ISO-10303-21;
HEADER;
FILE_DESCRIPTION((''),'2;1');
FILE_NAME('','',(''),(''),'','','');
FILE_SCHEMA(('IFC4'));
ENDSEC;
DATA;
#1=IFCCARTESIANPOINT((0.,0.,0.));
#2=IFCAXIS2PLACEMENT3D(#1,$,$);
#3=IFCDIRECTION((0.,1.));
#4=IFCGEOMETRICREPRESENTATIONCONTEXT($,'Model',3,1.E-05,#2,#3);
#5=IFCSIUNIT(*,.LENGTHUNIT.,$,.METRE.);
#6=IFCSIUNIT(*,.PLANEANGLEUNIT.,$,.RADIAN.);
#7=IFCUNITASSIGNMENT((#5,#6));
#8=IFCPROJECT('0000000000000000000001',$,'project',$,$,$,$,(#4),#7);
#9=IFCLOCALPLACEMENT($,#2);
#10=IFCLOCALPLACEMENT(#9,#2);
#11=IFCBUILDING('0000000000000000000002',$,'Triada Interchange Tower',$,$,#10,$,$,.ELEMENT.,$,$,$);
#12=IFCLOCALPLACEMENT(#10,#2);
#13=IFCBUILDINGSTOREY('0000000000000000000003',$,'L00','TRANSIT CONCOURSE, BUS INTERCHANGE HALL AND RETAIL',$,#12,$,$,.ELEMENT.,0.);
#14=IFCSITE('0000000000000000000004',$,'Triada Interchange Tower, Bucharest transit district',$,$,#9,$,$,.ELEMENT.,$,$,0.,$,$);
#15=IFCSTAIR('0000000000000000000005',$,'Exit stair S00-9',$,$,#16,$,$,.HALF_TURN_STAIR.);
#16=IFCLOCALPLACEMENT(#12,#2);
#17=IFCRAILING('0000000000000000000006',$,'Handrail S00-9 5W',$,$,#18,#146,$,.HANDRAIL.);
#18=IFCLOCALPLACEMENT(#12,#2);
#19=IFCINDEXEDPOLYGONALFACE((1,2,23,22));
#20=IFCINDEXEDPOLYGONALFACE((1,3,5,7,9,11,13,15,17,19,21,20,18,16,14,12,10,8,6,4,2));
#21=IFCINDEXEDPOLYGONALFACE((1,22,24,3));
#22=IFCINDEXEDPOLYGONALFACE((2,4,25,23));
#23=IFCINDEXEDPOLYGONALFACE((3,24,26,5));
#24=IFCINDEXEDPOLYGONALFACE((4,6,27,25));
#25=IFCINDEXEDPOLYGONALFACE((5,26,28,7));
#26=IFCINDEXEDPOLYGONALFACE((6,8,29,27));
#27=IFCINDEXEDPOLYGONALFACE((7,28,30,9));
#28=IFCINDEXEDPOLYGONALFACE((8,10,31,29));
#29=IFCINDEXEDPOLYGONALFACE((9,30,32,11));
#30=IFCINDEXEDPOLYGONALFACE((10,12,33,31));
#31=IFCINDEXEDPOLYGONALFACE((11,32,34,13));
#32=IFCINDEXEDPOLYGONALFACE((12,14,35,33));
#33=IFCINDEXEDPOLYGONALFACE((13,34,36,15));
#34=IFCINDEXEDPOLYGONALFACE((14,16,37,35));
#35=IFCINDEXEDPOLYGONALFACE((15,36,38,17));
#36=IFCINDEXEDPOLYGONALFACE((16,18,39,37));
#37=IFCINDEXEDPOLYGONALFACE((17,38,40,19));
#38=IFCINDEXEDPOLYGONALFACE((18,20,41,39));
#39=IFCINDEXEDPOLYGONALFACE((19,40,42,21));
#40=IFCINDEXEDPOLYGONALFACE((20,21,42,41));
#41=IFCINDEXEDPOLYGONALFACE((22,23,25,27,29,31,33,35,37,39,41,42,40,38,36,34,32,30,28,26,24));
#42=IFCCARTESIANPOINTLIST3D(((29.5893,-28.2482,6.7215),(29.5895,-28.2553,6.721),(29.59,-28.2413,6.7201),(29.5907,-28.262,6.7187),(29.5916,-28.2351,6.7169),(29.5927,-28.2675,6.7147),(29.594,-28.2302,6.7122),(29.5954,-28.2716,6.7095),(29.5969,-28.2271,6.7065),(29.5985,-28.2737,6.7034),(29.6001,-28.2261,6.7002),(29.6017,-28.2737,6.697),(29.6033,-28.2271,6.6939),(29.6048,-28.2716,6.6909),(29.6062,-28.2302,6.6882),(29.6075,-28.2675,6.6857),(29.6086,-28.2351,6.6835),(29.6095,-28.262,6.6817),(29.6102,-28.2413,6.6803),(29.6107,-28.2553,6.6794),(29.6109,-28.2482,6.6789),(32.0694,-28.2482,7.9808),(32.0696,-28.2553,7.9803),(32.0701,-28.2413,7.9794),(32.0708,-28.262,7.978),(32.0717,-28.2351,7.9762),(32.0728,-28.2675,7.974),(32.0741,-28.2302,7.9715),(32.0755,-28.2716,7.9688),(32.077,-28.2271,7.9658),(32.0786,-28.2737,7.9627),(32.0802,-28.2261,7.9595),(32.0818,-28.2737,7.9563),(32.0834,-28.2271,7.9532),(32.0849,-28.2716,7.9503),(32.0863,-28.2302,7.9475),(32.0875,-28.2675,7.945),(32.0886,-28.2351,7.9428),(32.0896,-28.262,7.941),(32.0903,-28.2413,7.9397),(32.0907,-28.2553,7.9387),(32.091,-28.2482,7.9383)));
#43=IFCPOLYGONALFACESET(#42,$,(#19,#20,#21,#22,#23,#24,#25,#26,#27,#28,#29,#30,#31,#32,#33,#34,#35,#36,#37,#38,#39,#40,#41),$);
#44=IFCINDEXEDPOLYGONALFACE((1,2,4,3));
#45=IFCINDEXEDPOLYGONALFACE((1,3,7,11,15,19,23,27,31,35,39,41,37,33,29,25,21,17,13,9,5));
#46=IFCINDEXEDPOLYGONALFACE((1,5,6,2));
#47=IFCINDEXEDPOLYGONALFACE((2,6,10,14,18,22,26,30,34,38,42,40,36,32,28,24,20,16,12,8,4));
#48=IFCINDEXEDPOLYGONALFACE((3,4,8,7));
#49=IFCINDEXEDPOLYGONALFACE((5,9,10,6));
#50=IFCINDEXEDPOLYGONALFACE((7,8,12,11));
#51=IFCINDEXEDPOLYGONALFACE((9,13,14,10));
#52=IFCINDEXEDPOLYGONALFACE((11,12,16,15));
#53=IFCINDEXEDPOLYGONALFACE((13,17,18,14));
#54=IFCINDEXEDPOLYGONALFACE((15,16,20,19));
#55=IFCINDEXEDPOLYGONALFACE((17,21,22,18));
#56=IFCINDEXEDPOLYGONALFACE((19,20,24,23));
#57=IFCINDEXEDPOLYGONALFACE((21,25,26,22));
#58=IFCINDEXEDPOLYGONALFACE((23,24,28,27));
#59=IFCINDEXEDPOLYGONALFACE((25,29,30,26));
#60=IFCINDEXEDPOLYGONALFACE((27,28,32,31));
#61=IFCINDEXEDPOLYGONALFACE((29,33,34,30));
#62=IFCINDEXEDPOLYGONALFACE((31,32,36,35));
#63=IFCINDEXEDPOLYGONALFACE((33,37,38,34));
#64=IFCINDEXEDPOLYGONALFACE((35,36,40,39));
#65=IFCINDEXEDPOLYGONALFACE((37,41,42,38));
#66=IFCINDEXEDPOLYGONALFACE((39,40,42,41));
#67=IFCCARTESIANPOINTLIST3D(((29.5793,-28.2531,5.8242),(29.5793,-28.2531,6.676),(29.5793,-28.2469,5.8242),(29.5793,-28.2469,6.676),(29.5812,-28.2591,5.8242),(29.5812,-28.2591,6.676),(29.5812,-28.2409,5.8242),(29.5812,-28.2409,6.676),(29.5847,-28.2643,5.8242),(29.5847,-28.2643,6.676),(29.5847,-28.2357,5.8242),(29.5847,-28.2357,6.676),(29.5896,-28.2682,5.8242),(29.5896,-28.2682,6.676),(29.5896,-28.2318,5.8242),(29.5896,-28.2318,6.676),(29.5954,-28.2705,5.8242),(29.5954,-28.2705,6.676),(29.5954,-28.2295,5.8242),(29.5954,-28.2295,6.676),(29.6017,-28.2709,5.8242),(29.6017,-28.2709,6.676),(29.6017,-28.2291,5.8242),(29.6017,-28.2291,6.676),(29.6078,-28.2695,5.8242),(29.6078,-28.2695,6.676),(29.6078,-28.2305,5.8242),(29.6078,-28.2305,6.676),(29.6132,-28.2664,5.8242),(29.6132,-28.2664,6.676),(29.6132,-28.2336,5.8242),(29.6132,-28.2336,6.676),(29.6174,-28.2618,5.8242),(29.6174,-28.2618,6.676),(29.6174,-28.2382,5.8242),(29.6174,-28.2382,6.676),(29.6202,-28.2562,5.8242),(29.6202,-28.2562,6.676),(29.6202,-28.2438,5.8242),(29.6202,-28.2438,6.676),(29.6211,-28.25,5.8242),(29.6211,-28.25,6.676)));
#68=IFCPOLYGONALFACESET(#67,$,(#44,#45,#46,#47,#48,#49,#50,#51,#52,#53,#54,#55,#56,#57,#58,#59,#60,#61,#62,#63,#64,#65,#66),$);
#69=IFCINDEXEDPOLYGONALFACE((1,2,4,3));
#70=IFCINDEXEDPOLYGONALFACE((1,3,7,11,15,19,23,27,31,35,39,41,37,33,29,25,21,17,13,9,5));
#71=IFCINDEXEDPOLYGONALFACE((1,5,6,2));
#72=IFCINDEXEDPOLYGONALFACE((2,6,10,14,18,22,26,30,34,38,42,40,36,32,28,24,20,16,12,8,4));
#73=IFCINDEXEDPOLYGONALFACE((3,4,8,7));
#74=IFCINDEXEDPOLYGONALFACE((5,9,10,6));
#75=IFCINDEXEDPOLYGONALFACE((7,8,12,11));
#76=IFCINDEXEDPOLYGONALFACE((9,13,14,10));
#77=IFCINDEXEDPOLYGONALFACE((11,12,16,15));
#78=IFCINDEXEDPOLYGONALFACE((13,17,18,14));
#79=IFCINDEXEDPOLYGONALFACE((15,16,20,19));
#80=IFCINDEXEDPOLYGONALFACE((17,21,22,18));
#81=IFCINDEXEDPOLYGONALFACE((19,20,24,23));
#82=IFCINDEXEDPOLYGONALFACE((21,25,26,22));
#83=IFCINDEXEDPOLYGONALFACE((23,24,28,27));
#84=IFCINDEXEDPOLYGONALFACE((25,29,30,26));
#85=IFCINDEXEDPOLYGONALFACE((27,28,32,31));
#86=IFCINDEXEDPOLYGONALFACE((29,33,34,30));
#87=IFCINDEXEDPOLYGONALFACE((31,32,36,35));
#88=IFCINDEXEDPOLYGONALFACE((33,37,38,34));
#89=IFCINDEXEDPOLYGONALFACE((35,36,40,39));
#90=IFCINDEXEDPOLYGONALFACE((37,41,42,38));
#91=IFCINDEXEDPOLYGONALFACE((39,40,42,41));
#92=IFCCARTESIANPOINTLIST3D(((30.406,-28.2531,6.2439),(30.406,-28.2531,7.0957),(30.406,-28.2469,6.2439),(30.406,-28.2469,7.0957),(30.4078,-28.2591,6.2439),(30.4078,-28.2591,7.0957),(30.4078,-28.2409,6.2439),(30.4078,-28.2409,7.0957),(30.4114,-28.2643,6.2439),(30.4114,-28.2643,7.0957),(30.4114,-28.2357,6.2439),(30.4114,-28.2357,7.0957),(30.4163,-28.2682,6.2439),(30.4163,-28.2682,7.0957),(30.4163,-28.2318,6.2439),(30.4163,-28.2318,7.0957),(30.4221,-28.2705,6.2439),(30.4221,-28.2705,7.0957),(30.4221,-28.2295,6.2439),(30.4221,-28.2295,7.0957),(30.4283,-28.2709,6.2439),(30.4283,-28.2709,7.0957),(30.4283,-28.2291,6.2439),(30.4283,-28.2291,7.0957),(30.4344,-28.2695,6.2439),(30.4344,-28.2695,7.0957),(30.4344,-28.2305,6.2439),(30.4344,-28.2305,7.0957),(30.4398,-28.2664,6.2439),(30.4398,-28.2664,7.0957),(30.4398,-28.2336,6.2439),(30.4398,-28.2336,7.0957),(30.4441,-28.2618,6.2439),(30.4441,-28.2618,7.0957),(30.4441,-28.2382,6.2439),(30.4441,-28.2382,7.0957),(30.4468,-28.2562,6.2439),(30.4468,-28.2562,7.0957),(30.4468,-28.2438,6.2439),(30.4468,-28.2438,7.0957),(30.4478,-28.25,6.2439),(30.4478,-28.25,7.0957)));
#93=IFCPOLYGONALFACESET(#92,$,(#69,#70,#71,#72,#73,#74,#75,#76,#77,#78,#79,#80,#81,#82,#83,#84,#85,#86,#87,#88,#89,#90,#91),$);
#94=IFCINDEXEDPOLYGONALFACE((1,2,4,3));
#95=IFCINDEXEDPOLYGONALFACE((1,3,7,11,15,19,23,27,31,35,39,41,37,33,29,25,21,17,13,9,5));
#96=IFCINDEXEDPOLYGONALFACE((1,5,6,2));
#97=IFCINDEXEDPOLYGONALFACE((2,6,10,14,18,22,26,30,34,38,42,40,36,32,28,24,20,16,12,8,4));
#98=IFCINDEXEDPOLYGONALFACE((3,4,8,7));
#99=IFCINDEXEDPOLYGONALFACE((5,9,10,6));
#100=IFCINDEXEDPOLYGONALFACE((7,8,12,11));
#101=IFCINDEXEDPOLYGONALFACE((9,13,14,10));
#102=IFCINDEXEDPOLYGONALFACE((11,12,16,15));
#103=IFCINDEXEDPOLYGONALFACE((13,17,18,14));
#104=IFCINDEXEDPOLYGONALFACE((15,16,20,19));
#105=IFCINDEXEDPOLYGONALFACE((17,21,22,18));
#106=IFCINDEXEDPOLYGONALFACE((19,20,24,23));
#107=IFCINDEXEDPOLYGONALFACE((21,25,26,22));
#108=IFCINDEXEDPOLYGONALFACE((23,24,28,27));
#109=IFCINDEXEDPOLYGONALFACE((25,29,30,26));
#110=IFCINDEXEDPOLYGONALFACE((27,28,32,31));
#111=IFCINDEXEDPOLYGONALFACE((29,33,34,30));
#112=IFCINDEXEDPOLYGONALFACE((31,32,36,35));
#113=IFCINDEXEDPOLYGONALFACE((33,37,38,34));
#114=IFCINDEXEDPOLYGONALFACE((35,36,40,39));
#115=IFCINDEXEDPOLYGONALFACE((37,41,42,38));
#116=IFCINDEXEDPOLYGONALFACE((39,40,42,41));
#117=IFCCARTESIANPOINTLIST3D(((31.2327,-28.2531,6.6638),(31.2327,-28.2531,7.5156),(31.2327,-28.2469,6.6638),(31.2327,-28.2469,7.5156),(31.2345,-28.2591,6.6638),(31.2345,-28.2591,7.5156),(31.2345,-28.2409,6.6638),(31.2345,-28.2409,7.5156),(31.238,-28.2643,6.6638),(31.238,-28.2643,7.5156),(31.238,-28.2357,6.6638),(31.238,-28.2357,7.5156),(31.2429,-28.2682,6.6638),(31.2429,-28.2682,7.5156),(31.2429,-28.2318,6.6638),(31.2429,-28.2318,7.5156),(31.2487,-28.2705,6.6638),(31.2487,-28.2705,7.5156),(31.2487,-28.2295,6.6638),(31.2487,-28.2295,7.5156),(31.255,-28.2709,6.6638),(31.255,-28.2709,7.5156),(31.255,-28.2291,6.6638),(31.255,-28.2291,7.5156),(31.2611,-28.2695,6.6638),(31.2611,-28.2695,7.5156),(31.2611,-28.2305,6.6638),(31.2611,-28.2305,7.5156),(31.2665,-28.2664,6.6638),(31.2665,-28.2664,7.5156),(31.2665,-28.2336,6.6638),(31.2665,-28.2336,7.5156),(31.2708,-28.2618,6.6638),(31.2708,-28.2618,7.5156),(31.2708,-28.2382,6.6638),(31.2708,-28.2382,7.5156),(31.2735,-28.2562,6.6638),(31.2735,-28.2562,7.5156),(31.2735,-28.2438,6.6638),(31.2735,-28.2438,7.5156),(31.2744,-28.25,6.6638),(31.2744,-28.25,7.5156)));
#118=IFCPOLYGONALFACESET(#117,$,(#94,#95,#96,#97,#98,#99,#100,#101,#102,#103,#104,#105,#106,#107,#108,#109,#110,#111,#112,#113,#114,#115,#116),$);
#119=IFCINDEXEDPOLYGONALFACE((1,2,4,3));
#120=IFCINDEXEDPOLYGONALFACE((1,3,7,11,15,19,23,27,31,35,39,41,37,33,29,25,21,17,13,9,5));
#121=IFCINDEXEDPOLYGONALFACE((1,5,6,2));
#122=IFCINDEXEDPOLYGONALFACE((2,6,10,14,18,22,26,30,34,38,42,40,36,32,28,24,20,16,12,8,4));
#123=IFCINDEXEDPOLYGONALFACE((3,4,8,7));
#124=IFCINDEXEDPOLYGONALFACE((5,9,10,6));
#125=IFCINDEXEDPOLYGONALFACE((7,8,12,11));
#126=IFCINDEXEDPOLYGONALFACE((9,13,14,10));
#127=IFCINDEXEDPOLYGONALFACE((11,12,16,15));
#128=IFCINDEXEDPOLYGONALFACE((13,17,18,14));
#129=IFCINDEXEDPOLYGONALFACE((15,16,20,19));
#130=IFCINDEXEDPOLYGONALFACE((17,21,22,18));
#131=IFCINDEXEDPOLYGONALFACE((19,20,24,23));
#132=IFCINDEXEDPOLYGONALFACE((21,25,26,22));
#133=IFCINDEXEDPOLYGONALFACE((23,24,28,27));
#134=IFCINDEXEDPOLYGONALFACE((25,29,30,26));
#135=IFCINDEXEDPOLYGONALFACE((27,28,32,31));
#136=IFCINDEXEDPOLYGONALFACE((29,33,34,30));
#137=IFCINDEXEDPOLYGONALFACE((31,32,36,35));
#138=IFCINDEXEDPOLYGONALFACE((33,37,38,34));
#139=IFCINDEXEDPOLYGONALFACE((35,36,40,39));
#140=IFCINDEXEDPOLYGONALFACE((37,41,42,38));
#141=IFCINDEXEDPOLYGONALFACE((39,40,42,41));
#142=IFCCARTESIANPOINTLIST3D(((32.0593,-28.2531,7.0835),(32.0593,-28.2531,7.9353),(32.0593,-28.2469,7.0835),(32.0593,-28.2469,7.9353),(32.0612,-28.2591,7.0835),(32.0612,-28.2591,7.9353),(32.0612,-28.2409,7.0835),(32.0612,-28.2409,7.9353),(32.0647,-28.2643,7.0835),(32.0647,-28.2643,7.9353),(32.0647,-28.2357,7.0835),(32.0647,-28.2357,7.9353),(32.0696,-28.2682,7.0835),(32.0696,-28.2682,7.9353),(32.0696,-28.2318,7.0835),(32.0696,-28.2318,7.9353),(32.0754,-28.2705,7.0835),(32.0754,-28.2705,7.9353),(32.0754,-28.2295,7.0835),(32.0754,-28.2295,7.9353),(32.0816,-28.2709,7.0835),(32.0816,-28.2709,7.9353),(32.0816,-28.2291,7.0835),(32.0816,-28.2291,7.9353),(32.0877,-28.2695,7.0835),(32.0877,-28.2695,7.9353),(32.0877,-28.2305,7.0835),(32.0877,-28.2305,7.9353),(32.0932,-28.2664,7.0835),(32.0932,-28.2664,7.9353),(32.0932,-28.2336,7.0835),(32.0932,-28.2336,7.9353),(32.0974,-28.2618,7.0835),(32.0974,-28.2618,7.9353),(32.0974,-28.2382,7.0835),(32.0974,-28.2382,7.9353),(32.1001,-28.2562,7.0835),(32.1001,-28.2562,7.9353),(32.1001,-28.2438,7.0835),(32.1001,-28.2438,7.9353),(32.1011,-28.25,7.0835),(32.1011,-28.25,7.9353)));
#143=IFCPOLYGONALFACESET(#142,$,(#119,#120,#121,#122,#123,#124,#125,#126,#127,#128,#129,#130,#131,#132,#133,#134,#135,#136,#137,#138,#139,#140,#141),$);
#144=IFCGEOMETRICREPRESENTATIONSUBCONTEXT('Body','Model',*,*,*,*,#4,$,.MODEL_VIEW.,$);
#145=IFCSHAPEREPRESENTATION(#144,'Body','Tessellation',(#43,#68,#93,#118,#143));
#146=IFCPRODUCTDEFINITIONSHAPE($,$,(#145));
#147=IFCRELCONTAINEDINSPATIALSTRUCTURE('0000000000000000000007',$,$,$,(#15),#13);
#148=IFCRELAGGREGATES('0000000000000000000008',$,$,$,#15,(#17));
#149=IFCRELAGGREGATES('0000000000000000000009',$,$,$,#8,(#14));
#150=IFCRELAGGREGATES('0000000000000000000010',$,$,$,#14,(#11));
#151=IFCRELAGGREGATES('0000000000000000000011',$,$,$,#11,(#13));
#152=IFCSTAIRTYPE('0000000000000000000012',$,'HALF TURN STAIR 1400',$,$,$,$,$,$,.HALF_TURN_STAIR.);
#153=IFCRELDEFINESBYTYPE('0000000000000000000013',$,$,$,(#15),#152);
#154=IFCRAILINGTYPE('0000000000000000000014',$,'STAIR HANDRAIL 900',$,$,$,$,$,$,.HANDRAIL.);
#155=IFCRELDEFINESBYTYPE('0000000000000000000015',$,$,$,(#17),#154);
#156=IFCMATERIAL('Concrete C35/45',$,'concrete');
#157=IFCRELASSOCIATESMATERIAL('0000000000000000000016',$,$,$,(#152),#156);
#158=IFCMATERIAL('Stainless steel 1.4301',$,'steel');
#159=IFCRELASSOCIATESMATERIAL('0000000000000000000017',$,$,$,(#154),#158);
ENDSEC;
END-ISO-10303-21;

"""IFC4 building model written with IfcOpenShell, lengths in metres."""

from ifc_helpers import new_model, si_unit, direction, frame, origin, origin_2d, place, context, subcontext, project, spatial, circle, extrude, material, type_object, element, aggregate, save


model = new_model("IFC4")

# Units and contexts
model_context = context("Model", 3, precision=1e-05, world=origin(), true_north=direction((0.0, 1.0)))
body_context = subcontext(model_context, "Body", "Model", "MODEL_VIEW")
ifc_project = project(units=[si_unit("LENGTHUNIT", "METRE"), si_unit("PLANEANGLEUNIT", "RADIAN")], contexts=[model_context])

# Site, building, storey
site_placement = place(None, origin())
site = spatial("IfcSite", under=ifc_project, at=site_placement, Name="Triada Interchange Tower, Bucharest transit district", CompositionType="ELEMENT", RefElevation=0.0)
building_placement = place(site_placement, origin())
building = spatial("IfcBuilding", under=site, at=building_placement, Name="Triada Interchange Tower", CompositionType="ELEMENT")
storey_placement = place(building_placement, origin())
storey = spatial("IfcBuildingStorey", under=building, at=storey_placement, Name="L00", Description="TRANSIT CONCOURSE, BUS INTERCHANGE HALL AND RETAIL", CompositionType="ELEMENT", Elevation=0.0)

# Stair, railing
ifc_material_1 = material(Name="Concrete C35/45", Category="concrete")
stair_type = type_object("IfcStairType", Name="HALF TURN STAIR 1400", PredefinedType="HALF_TURN_STAIR", material=ifc_material_1)
stair_placement = place(storey_placement, origin())
stair = element("IfcStair", 1, at=stair_placement, inside=storey, type_object=stair_type, Name="Exit stair S00-9", PredefinedType="HALF_TURN_STAIR")
ifc_material_2 = material(Name="Stainless steel 1.4301", Category="steel")
railing_type = type_object("IfcRailingType", Name="STAIR HANDRAIL 900", PredefinedType="HANDRAIL", material=ifc_material_2)
railing_1_placement = place(storey_placement, frame((29.6001, -28.25, 5.8242)))
railing_1 = element("IfcRailing", 2, at=railing_1_placement, type_object=railing_type, Name="Handrail S00-9 5W", PredefinedType="HANDRAIL", context=body_context, shape_type="SweptSolid", body=[
    extrude(circle(Radius=0.0239, at=origin_2d()), frame((0.0, 0.0, 0.876), z_axis=(0.891636, 0.0, 0.452752), x_axis=(0.0, 1.0, 0.0)), (0.0, 0.0, 1.0), 2.7815),
    extrude(circle(Radius=0.021, at=origin_2d()), origin(), (0.0, 0.0, 1.0), 0.8518),
    extrude(circle(Radius=0.021, at=origin_2d()), frame((0.8267, 0.0, 0.4197)), (0.0, 0.0, 1.0), 0.8518),
    extrude(circle(Radius=0.021, at=origin_2d()), frame((1.6533, 0.0, 0.8396)), (0.0, 0.0, 1.0), 0.8518),
    extrude(circle(Radius=0.021, at=origin_2d()), frame((2.48, 0.0, 1.2593)), (0.0, 0.0, 1.0), 0.8518),
])
aggregate(stair, [railing_1])

save(model, "model.ifc")
